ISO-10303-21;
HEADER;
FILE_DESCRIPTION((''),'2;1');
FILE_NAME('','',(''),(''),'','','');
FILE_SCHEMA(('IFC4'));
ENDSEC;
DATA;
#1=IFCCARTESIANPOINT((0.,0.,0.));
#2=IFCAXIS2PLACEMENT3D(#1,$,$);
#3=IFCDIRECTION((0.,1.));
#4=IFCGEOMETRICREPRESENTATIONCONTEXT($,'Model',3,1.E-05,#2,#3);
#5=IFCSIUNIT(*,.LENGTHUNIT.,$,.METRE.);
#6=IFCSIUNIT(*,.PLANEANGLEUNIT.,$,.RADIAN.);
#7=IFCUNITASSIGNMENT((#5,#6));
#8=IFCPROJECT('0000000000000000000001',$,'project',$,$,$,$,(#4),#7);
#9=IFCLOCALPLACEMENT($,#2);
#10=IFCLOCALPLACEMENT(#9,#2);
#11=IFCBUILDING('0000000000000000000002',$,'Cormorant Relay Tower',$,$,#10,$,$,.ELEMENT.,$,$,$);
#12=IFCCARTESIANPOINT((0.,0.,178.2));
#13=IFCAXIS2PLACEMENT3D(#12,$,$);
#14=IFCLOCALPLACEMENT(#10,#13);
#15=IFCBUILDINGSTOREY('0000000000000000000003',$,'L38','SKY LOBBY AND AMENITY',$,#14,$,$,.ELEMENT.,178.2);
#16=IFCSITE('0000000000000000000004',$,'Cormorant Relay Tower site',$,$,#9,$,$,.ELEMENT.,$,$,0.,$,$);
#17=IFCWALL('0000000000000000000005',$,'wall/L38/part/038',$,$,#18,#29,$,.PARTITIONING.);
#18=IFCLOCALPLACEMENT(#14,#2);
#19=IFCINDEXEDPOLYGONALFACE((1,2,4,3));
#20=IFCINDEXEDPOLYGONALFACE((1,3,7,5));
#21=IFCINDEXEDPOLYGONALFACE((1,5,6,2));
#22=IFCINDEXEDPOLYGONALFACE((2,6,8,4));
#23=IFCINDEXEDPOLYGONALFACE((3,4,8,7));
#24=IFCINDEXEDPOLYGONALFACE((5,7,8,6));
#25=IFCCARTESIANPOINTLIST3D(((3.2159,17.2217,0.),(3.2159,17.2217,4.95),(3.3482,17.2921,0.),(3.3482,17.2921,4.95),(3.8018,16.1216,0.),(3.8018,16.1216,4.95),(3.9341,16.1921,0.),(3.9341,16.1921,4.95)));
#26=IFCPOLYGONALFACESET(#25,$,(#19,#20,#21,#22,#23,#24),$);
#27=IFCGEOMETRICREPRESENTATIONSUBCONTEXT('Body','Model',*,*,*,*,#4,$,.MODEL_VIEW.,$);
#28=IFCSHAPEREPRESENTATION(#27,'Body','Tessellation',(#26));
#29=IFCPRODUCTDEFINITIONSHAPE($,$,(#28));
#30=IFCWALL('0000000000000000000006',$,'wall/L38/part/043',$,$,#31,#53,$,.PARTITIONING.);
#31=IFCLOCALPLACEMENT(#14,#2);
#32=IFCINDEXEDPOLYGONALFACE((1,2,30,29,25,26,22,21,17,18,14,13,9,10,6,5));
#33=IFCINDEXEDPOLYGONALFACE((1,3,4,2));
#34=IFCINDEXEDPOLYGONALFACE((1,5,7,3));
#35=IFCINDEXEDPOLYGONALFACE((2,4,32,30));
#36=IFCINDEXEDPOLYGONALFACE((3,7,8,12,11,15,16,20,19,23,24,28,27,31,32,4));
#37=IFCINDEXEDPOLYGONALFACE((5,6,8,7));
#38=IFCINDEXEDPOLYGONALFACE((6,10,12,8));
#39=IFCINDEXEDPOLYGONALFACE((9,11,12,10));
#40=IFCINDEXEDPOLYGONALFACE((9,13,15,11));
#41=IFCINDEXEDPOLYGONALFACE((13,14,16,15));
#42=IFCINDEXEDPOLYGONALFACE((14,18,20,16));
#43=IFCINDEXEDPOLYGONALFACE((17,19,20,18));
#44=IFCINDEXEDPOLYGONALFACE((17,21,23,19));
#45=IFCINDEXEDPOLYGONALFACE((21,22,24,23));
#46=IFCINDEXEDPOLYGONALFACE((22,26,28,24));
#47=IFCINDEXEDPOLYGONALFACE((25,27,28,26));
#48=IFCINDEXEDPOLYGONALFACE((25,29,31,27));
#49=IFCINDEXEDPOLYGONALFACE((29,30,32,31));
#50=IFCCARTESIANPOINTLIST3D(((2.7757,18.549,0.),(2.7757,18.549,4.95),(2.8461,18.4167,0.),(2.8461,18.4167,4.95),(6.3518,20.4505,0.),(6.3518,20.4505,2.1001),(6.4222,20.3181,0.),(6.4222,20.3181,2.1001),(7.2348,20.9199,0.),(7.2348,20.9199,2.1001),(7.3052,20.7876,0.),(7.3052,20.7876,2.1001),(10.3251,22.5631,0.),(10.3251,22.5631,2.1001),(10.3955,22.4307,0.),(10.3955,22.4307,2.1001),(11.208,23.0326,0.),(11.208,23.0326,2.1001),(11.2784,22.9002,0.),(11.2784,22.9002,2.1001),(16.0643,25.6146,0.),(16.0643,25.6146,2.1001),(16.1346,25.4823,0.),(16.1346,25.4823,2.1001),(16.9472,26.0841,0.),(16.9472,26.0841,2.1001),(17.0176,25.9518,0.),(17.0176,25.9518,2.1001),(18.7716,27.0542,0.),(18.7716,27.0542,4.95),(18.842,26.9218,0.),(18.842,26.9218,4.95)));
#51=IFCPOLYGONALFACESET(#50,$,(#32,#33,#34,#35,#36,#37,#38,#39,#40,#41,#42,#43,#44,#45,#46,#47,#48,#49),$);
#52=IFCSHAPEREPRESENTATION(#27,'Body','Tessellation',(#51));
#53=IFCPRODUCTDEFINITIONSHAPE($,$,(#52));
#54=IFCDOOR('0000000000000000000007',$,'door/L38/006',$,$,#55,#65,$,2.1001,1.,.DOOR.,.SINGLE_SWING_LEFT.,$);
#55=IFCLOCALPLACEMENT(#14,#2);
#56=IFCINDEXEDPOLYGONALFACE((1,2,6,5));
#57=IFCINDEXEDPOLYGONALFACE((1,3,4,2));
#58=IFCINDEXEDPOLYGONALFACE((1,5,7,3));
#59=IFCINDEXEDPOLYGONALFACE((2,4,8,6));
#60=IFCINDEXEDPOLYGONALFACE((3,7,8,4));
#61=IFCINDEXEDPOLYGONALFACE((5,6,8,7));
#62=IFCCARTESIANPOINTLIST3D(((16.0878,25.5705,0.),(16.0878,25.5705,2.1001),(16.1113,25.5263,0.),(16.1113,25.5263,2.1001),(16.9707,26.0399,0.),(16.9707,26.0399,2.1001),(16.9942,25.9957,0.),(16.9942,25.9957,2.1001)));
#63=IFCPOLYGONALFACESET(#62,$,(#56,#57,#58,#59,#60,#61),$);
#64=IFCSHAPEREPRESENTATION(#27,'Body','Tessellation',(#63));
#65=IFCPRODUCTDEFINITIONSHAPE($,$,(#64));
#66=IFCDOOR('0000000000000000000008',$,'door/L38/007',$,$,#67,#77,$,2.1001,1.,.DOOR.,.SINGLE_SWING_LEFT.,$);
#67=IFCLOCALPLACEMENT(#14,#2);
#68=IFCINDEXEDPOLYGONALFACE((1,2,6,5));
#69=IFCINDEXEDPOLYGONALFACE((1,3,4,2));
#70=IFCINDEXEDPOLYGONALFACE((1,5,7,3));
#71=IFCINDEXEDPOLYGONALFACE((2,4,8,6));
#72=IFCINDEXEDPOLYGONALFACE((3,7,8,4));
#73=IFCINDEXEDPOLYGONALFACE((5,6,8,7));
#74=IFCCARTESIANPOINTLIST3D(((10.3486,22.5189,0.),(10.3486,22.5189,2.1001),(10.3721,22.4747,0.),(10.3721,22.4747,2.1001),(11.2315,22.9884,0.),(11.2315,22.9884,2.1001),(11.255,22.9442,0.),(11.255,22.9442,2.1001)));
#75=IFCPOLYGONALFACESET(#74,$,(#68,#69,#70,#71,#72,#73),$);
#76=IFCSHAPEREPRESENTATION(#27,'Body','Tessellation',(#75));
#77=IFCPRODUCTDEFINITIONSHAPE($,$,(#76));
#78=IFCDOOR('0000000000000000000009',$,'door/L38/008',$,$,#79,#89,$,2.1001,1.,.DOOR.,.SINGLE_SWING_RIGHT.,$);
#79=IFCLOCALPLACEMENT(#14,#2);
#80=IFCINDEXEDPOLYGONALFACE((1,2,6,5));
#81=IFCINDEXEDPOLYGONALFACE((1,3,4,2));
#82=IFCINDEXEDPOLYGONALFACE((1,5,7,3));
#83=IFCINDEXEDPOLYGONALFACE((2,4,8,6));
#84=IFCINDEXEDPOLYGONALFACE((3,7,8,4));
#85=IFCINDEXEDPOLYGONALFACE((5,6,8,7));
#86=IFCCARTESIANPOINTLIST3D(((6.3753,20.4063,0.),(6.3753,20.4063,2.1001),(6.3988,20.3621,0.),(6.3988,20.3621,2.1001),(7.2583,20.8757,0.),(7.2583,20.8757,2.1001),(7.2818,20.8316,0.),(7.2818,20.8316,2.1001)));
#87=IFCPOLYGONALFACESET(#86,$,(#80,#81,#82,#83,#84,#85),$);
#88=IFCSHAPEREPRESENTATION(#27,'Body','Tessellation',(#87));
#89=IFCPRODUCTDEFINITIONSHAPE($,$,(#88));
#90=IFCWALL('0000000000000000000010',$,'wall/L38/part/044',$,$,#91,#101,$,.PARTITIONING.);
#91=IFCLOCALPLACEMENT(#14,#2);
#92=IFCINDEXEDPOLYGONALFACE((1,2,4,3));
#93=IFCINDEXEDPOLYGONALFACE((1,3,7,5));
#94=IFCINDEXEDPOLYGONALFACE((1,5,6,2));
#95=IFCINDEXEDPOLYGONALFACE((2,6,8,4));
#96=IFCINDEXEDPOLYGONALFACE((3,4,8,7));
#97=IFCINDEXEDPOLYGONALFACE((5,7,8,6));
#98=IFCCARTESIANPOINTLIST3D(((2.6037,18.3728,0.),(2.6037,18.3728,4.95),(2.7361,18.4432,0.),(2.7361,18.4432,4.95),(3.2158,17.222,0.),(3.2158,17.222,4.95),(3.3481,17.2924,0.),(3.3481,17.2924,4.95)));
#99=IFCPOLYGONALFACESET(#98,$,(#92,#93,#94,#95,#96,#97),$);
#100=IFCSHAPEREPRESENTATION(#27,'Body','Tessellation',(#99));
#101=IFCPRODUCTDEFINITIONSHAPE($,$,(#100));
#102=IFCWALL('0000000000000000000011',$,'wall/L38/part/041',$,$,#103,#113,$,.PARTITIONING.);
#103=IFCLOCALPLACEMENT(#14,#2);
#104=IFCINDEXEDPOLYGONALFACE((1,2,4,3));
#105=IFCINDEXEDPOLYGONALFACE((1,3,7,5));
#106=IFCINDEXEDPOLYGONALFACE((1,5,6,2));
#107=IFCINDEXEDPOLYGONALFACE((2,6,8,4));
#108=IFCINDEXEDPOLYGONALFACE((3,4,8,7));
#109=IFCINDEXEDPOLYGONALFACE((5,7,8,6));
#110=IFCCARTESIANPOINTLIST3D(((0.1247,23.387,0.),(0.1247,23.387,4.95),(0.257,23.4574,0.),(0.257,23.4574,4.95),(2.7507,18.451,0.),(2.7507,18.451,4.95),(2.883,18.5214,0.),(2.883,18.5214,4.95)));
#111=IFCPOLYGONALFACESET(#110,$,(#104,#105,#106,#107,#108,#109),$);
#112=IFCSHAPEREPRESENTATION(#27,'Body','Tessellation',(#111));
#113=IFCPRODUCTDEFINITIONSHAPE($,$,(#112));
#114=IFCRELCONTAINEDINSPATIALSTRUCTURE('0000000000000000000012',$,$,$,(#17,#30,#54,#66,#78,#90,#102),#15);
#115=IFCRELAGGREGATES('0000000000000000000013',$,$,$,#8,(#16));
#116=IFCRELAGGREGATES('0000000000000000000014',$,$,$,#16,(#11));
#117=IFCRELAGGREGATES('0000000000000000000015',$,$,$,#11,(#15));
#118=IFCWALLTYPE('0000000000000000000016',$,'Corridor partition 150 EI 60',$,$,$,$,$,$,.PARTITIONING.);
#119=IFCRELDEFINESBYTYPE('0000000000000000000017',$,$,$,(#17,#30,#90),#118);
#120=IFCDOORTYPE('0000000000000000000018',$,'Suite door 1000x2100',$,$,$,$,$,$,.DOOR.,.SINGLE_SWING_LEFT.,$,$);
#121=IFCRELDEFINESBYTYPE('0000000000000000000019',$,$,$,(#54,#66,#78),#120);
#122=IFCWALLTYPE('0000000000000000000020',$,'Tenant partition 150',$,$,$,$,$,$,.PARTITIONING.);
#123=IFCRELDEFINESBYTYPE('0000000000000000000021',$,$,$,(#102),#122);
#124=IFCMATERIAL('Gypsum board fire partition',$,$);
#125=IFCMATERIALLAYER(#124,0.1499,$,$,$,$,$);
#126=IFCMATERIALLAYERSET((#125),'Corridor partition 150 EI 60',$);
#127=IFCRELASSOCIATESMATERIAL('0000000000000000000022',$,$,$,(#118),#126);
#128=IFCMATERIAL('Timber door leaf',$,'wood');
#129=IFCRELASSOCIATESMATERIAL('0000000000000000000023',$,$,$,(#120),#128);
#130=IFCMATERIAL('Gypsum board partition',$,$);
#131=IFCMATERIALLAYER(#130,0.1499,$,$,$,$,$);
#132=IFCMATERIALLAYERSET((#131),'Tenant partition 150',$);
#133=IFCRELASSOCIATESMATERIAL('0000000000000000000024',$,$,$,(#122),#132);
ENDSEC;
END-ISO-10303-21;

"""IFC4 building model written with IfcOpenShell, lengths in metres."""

from ifc_helpers import new_model, si_unit, direction, frame, frame_2d, origin, place, context, subcontext, project, spatial, rectangle, extrude, material, layer, layer_set, type_object, element, fill, save


model = new_model("IFC4")

# Units and contexts
model_context = context("Model", 3, precision=1e-05, world=origin(), true_north=direction((0.0, 1.0)))
body_context = subcontext(model_context, "Body", "Model", "MODEL_VIEW")
ifc_project = project(units=[si_unit("LENGTHUNIT", "METRE"), si_unit("PLANEANGLEUNIT", "RADIAN")], contexts=[model_context])

# Site, building, storey
site_placement = place(None, origin())
site = spatial("IfcSite", under=ifc_project, at=site_placement, Name="Cormorant Relay Tower site", CompositionType="ELEMENT", RefElevation=0.0)
building_placement = place(site_placement, origin())
building = spatial("IfcBuilding", under=site, at=building_placement, Name="Cormorant Relay Tower", CompositionType="ELEMENT")
storey_placement = place(building_placement, frame((0.0, 0.0, 178.2)))
storey = spatial("IfcBuildingStorey", under=building, at=storey_placement, Name="L38", Description="SKY LOBBY AND AMENITY", CompositionType="ELEMENT", Elevation=178.2)

# Wall
ifc_material_1 = material(Name="Gypsum board fire partition")
ifc_layer_1 = layer(ifc_material_1, 0.1499)
ifc_layer_set_1 = layer_set([ifc_layer_1], Name="Corridor partition 150 EI 60")
wall_type_1 = type_object("IfcWallType", Name="Corridor partition 150 EI 60", PredefinedType="PARTITIONING", material=ifc_layer_set_1)
wall_1_placement = place(storey_placement, frame((3.8679, 16.157, 0.0), z_axis=(0.0, 0.0, 1.0), x_axis=(-0.4701, 0.882613, 0.0)))
element("IfcWall", 1, at=wall_1_placement, inside=storey, type_object=wall_type_1, Name="wall/L38/part/038", PredefinedType="PARTITIONING", context=body_context, shape_type="SweptSolid", body=[
    extrude(rectangle(XDim=1.2463, YDim=0.1499, at=frame_2d((0.623, 0.0))), origin(), (0.0, 0.0, 1.0), 4.95),
])

# Wall, openings, doors
wall_2_placement = place(storey_placement, frame((2.811, 18.4829, 0.0), z_axis=(0.0, 0.0, 1.0), x_axis=(0.882948, 0.469471, 0.0)))
wall_2 = element("IfcWall", 2, at=wall_2_placement, inside=storey, type_object=wall_type_1, Name="wall/L38/part/043", PredefinedType="PARTITIONING", context=body_context, shape_type="SweptSolid", body=[
    extrude(rectangle(XDim=18.1165, YDim=0.1499, at=frame_2d((9.0581, 0.0))), origin(), (0.0, 0.0, 1.0), 4.95),
])
opening_1_placement = place(wall_2_placement, frame((15.05, 0.0, 0.0)))
opening_1 = element("IfcOpeningElement", 3, at=opening_1_placement, cuts=wall_2, PredefinedType="OPENING", context=body_context, shape_type="SweptSolid", body=[
    extrude(rectangle(XDim=1.0, YDim=2.1001, at=frame_2d((0.5, 1.05))), frame((0.0, 0.085, 0.0), z_axis=(0.0, -1.0, 0.0), x_axis=(1.0, 0.0, 0.0)), (0.0, 0.0, 1.0), 0.1699),
])
opening_2_placement = place(wall_2_placement, frame((8.55, 0.0, 0.0)))
opening_2 = element("IfcOpeningElement", 4, at=opening_2_placement, cuts=wall_2, PredefinedType="OPENING", context=body_context, shape_type="SweptSolid", body=[
    extrude(rectangle(XDim=1.0, YDim=2.1001, at=frame_2d((0.5, 1.05))), frame((0.0, 0.085, 0.0), z_axis=(0.0, -1.0, 0.0), x_axis=(1.0, 0.0, 0.0)), (0.0, 0.0, 1.0), 0.1699),
])
opening_3_placement = place(wall_2_placement, frame((4.05, 0.0, 0.0)))
opening_3 = element("IfcOpeningElement", 5, at=opening_3_placement, cuts=wall_2, PredefinedType="OPENING", context=body_context, shape_type="SweptSolid", body=[
    extrude(rectangle(XDim=1.0, YDim=2.1001, at=frame_2d((0.5, 1.05))), frame((0.0, 0.085, 0.0), z_axis=(0.0, -1.0, 0.0), x_axis=(1.0, 0.0, 0.0)), (0.0, 0.0, 1.0), 0.1699),
])
ifc_material_2 = material(Name="Timber door leaf", Category="wood")
door_type_1 = type_object("IfcDoorType", Name="Suite door 1000x2100", OperationType="SINGLE_SWING_LEFT", PredefinedType="DOOR", material=ifc_material_2)
door_1_placement = place(opening_1_placement, origin())
door_1 = element("IfcDoor", 6, at=door_1_placement, inside=storey, type_object=door_type_1, Name="door/L38/006", OperationType="SINGLE_SWING_LEFT", OverallHeight=2.1001, OverallWidth=1.0, PredefinedType="DOOR", context=body_context, shape_type="SweptSolid", body=[
    extrude(rectangle(XDim=1.0, YDim=2.1001, at=frame_2d((0.5, 1.05))), frame((0.0, 0.0249, 0.0), z_axis=(0.0, -1.0, 0.0), x_axis=(1.0, 0.0, 0.0)), (0.0, 0.0, 1.0), 0.05),
])
fill(opening_1, door_1)
door_2_placement = place(opening_2_placement, origin())
door_2 = element("IfcDoor", 7, at=door_2_placement, inside=storey, type_object=door_type_1, Name="door/L38/007", OperationType="SINGLE_SWING_LEFT", OverallHeight=2.1001, OverallWidth=1.0, PredefinedType="DOOR", context=body_context, shape_type="SweptSolid", body=[
    extrude(rectangle(XDim=1.0, YDim=2.1001, at=frame_2d((0.5, 1.05))), frame((0.0, 0.0249, 0.0), z_axis=(0.0, -1.0, 0.0), x_axis=(1.0, 0.0, 0.0)), (0.0, 0.0, 1.0), 0.05),
])
fill(opening_2, door_2)
door_3_placement = place(opening_3_placement, origin())
door_3 = element("IfcDoor", 8, at=door_3_placement, inside=storey, type_object=door_type_1, Name="door/L38/008", OperationType="SINGLE_SWING_RIGHT", OverallHeight=2.1001, OverallWidth=1.0, PredefinedType="DOOR", context=body_context, shape_type="SweptSolid", body=[
    extrude(rectangle(XDim=1.0, YDim=2.1001, at=frame_2d((0.5, 1.05))), frame((0.0, 0.0249, 0.0), z_axis=(0.0, -1.0, 0.0), x_axis=(1.0, 0.0, 0.0)), (0.0, 0.0, 1.0), 0.05),
])
fill(opening_3, door_3)

# Walls
wall_3_placement = place(storey_placement, frame((3.282, 17.2571, 0.0), z_axis=(0.0, 0.0, 1.0), x_axis=(-0.469548, 0.882907, 0.0)))
element("IfcWall", 9, at=wall_3_placement, inside=storey, type_object=wall_type_1, Name="wall/L38/part/044", PredefinedType="PARTITIONING", context=body_context, shape_type="SweptSolid", body=[
    extrude(rectangle(XDim=1.3035, YDim=0.1499, at=frame_2d((0.6519, 0.0))), origin(), (0.0, 0.0, 1.0), 4.95),
])
ifc_material_3 = material(Name="Gypsum board partition")
ifc_layer_2 = layer(ifc_material_3, 0.1499)
ifc_layer_set_2 = layer_set([ifc_layer_2], Name="Tenant partition 150")
wall_type_2 = type_object("IfcWallType", Name="Tenant partition 150", PredefinedType="PARTITIONING", material=ifc_layer_set_2)
wall_4_placement = place(storey_placement, frame((0.1909, 23.4221, 0.0), z_axis=(0.0, 0.0, 1.0), x_axis=(0.469672, -0.882841, 0.0)))
element("IfcWall", 10, at=wall_4_placement, inside=storey, type_object=wall_type_2, Name="wall/L38/part/041", PredefinedType="PARTITIONING", context=body_context, shape_type="SweptSolid", body=[
    extrude(rectangle(XDim=5.5911, YDim=0.1499, at=frame_2d((2.7954, 0.0))), origin(), (0.0, 0.0, 1.0), 4.95),
])

save(model, "model.ifc")
